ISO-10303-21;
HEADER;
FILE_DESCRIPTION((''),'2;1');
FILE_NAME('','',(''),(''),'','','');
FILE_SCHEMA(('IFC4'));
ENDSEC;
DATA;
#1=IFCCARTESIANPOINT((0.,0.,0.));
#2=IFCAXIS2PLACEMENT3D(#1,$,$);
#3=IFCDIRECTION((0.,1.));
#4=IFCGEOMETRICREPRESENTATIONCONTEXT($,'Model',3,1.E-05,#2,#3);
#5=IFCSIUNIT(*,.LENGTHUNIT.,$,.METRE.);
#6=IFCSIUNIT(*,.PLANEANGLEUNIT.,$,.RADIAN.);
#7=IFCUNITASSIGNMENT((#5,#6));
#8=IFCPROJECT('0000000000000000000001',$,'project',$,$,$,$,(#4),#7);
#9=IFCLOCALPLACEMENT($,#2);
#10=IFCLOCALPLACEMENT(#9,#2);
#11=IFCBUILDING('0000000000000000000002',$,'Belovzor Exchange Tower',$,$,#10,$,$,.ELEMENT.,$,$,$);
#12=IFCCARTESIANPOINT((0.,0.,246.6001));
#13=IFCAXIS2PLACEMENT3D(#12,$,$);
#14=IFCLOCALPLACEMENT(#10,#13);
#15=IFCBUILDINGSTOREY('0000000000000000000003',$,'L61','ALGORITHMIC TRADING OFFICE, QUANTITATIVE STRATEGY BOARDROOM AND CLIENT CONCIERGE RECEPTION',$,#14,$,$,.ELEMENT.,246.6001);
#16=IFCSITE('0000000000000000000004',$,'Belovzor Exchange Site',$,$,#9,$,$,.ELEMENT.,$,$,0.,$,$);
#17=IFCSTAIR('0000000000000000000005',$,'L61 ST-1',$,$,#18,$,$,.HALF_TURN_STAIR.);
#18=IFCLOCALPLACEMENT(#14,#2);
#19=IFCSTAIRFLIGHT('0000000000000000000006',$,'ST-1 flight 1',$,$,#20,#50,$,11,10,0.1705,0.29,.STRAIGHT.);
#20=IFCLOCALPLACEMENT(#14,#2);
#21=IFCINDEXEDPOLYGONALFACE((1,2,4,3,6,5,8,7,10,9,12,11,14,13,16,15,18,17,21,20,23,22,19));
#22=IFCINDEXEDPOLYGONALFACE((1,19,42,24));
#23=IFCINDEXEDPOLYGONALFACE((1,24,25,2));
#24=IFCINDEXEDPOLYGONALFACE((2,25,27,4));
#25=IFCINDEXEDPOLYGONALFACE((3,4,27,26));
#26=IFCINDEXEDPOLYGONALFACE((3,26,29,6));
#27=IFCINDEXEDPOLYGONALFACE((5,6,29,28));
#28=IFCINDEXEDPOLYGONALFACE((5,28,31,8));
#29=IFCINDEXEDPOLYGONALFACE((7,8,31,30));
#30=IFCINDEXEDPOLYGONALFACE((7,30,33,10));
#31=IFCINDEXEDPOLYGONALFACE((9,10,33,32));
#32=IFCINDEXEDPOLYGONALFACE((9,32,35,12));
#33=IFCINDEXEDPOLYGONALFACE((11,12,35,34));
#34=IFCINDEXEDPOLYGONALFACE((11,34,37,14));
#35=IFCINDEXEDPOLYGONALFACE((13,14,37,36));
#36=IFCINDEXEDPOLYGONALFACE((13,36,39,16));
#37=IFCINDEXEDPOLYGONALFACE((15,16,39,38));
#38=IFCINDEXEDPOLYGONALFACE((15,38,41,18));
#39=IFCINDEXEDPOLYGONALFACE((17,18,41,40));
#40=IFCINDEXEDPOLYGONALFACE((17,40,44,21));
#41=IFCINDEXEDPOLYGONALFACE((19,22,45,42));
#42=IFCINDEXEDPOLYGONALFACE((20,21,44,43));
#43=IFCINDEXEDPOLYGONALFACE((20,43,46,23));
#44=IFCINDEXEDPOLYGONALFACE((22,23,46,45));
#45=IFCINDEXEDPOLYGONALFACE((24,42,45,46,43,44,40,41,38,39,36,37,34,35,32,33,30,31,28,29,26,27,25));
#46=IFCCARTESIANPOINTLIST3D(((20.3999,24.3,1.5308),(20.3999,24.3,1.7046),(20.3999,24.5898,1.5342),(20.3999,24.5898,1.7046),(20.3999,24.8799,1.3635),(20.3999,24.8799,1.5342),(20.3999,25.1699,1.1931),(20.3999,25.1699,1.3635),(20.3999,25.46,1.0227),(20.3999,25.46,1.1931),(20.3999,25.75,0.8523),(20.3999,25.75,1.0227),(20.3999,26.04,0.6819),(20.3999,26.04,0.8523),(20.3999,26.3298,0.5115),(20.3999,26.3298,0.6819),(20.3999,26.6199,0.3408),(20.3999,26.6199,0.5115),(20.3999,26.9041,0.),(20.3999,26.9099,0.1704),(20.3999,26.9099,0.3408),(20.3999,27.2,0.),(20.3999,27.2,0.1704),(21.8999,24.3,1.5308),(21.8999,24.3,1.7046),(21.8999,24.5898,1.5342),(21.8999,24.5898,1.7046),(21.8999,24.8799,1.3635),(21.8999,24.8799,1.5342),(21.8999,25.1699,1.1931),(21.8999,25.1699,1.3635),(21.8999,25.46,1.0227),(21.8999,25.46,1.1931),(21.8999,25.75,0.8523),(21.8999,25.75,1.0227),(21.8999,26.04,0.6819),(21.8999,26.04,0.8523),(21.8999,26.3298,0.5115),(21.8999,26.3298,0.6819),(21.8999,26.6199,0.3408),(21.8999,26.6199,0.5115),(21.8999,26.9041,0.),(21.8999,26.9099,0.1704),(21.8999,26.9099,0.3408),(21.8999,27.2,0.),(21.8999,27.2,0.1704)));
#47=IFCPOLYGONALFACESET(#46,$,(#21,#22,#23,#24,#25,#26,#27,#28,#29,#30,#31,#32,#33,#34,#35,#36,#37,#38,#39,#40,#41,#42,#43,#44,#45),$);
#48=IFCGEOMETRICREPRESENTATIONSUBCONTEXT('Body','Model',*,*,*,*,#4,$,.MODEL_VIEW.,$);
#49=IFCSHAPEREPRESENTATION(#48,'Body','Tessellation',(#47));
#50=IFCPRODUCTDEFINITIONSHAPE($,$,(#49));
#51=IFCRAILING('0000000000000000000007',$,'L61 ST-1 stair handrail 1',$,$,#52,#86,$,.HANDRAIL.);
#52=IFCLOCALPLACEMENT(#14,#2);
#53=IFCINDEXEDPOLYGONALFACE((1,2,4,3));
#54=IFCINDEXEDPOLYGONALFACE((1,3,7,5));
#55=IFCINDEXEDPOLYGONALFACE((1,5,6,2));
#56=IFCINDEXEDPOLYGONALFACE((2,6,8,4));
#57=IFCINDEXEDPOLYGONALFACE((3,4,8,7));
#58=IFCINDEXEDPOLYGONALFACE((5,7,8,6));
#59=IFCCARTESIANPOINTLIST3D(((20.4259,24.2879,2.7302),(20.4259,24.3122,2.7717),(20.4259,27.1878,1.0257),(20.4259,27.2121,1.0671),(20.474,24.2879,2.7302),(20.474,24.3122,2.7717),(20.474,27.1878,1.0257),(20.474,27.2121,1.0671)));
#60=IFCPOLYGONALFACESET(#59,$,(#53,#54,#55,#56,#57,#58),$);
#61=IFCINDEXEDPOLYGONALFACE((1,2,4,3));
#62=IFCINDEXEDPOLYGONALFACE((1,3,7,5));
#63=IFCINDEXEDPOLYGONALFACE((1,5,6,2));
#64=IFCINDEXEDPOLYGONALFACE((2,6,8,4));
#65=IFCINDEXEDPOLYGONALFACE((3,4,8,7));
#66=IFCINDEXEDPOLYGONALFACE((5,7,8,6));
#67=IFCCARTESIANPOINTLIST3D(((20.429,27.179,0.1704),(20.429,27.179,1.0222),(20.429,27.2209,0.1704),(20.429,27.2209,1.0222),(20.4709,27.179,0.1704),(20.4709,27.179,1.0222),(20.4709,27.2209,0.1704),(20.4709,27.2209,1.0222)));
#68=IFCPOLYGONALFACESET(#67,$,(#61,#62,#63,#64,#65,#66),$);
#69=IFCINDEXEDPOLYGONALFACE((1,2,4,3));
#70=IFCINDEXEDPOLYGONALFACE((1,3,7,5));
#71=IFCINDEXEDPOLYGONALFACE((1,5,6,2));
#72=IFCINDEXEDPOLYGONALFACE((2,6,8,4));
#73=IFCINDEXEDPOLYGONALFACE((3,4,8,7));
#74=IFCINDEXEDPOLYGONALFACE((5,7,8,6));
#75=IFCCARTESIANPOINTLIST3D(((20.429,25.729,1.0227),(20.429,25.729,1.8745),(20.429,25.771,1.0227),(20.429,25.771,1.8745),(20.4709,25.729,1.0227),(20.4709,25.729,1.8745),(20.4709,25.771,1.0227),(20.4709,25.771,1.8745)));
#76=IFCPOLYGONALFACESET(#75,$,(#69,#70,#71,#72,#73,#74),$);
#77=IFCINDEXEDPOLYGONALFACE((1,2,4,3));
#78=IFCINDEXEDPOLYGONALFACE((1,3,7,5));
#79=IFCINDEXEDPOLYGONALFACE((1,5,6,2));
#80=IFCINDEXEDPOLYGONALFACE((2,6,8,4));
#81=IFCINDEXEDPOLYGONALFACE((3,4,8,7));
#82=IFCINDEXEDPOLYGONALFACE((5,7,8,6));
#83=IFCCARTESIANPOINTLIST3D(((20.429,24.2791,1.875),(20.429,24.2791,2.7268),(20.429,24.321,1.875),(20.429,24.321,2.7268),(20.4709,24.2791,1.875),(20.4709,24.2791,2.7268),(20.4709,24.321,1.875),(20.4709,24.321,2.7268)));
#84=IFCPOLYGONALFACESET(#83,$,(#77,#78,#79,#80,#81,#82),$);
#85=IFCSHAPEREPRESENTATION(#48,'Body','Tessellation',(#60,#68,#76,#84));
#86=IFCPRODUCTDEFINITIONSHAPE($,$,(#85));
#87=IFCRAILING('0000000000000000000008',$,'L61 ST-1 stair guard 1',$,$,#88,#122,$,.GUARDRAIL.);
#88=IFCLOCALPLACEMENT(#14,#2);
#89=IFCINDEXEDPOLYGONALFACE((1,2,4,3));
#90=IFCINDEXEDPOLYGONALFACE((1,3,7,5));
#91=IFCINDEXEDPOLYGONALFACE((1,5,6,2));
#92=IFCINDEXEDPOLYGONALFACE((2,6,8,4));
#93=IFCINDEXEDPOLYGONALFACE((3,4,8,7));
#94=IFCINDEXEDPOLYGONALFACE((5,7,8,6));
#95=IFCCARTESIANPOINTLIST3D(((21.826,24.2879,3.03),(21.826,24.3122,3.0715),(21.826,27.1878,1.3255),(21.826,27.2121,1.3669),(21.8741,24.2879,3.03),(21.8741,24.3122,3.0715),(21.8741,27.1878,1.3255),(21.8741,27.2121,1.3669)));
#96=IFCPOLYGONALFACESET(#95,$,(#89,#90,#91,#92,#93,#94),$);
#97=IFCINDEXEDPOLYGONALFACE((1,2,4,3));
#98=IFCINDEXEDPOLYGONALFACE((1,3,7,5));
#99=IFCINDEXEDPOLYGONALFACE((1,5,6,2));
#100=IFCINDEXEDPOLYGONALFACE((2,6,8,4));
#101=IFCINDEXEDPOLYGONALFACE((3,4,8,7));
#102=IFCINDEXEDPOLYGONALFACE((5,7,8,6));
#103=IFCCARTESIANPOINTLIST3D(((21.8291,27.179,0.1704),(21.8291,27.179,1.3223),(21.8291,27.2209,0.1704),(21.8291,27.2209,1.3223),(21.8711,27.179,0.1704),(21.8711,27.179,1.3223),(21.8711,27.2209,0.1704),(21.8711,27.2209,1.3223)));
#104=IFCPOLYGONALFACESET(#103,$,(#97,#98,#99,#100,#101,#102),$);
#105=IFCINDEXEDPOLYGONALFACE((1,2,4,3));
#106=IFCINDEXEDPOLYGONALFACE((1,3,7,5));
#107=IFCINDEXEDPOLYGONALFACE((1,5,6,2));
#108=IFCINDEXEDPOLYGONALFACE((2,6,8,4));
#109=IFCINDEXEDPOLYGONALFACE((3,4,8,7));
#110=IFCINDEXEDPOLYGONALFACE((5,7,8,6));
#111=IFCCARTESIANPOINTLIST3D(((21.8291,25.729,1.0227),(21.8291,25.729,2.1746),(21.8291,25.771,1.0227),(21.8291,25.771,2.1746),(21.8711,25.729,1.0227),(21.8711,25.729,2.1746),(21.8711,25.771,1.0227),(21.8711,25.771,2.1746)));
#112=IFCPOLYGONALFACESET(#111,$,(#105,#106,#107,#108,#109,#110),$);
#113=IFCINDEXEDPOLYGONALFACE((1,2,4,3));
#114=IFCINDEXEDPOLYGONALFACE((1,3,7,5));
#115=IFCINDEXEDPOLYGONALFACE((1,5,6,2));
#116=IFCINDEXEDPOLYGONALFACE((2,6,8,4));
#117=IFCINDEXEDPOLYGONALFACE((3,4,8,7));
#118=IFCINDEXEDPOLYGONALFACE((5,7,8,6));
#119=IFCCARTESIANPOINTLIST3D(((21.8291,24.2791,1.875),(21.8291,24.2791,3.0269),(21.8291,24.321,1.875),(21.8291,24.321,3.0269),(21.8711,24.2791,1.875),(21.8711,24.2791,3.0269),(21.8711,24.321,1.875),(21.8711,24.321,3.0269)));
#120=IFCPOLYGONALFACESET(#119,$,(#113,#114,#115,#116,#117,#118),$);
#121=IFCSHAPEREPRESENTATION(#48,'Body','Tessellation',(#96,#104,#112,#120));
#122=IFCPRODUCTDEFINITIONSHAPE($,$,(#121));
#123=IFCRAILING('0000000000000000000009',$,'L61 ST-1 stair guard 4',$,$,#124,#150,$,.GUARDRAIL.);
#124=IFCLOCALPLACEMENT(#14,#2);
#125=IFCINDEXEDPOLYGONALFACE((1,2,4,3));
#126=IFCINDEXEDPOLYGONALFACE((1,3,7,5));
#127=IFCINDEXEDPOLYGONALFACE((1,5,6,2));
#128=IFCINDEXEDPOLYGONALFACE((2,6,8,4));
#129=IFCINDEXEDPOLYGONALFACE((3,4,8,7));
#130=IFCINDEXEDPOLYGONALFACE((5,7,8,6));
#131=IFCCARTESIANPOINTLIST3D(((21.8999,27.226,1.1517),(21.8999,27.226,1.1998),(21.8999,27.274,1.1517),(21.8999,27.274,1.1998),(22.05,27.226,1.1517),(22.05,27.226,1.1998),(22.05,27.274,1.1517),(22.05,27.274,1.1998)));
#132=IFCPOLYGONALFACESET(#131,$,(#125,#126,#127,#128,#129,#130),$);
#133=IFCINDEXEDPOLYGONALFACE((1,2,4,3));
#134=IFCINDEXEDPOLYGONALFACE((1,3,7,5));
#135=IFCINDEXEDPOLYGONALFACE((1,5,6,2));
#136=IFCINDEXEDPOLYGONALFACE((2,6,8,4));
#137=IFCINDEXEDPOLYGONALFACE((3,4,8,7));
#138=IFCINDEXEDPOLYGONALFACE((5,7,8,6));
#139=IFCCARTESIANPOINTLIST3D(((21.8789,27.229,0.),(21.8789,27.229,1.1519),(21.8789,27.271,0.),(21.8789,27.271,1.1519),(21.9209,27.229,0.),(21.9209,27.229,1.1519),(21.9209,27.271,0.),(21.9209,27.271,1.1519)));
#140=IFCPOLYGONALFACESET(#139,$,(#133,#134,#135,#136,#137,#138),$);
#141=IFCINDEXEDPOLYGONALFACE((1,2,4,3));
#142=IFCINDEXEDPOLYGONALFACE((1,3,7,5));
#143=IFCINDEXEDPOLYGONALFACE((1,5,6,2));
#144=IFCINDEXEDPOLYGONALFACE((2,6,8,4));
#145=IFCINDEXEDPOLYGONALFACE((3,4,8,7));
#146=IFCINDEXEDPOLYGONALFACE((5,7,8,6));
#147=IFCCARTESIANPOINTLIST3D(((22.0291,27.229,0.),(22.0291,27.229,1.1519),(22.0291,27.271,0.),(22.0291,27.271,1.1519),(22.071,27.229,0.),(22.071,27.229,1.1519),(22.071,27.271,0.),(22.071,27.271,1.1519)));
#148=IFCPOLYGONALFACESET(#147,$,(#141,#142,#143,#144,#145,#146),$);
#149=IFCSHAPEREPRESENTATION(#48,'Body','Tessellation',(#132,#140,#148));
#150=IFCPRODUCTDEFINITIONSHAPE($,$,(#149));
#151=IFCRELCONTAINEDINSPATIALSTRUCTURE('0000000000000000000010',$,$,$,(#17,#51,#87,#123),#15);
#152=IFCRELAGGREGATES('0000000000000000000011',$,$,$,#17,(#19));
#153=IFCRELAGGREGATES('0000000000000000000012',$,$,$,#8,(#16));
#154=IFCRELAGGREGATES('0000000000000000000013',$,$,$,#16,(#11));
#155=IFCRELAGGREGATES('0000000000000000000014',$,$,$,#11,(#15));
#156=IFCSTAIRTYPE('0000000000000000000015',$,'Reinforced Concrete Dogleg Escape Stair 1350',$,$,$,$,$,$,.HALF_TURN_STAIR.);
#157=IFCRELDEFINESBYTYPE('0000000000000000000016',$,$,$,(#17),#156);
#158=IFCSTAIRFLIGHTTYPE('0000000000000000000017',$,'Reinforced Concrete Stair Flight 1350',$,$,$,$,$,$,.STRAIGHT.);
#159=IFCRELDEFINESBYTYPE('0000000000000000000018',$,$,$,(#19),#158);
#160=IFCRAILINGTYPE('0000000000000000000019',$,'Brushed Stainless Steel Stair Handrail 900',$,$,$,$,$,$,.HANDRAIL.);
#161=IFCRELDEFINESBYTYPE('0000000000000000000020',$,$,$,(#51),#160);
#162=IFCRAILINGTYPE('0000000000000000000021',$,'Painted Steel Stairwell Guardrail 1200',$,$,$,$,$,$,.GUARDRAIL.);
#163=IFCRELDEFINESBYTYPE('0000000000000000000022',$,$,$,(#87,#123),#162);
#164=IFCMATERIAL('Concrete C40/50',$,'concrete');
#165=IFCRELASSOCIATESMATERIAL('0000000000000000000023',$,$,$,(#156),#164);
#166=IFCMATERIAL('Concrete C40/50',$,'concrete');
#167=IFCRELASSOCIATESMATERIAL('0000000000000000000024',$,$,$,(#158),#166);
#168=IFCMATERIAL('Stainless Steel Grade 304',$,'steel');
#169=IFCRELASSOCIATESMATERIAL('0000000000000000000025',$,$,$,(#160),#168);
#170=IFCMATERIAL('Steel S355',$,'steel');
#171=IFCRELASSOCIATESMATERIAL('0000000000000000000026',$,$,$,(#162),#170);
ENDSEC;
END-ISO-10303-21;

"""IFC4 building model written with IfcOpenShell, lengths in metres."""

from ifc_helpers import new_model, si_unit, direction, frame, origin, origin_2d, place, context, subcontext, project, spatial, polyline, rectangle, outline, extrude, material, type_object, element, aggregate, save


model = new_model("IFC4")

# Units and contexts
model_context = context("Model", 3, precision=1e-05, world=origin(), true_north=direction((0.0, 1.0)))
body_context = subcontext(model_context, "Body", "Model", "MODEL_VIEW")
ifc_project = project(units=[si_unit("LENGTHUNIT", "METRE"), si_unit("PLANEANGLEUNIT", "RADIAN")], contexts=[model_context])

# Site, building, storey
site_placement = place(None, origin())
site = spatial("IfcSite", under=ifc_project, at=site_placement, Name="Belovzor Exchange Site", CompositionType="ELEMENT", RefElevation=0.0)
building_placement = place(site_placement, origin())
building = spatial("IfcBuilding", under=site, at=building_placement, Name="Belovzor Exchange Tower", CompositionType="ELEMENT")
storey_placement = place(building_placement, frame((0.0, 0.0, 246.6001)))
storey = spatial("IfcBuildingStorey", under=building, at=storey_placement, Name="L61", Description="ALGORITHMIC TRADING OFFICE, QUANTITATIVE STRATEGY BOARDROOM AND CLIENT CONCIERGE RECEPTION", CompositionType="ELEMENT", Elevation=246.6001)

# Stair, stair flight
ifc_material_1 = material(Name="Concrete C40/50", Category="concrete")
stair_type = type_object("IfcStairType", Name="Reinforced Concrete Dogleg Escape Stair 1350", PredefinedType="HALF_TURN_STAIR", material=ifc_material_1)
stair_placement = place(storey_placement, origin())
stair = element("IfcStair", 1, at=stair_placement, inside=storey, type_object=stair_type, Name="L61 ST-1", PredefinedType="HALF_TURN_STAIR")
ifc_material_2 = material(Name="Concrete C40/50", Category="concrete")
stair_flight_type = type_object("IfcStairFlightType", Name="Reinforced Concrete Stair Flight 1350", PredefinedType="STRAIGHT", material=ifc_material_2)
stair_flight_placement = place(storey_placement, frame((21.1499, 27.2, 0.0), z_axis=(0.0, 0.0, 1.0), x_axis=(0.0, -1.0, 0.0)))
stair_flight = element("IfcStairFlight", 2, at=stair_flight_placement, type_object=stair_flight_type, Name="ST-1 flight 1", NumberOfRisers=11, NumberOfTreads=10, PredefinedType="STRAIGHT", RiserHeight=0.1705, TreadLength=0.29, context=body_context, shape_type="SweptSolid", body=[
    extrude(outline(polyline([(0.0, 0.0), (0.0, 0.1704), (0.29, 0.1704), (0.29, 0.3408), (0.5801, 0.3408), (0.5801, 0.5115), (0.8701, 0.5115), (0.8701, 0.6819), (1.1599, 0.6819), (1.1599, 0.8523), (1.45, 0.8523), (1.45, 1.0227), (1.74, 1.0227), (1.74, 1.1931), (2.03, 1.1931), (2.03, 1.3635), (2.3201, 1.3635), (2.3201, 1.5342), (2.6101, 1.5342), (2.6101, 1.7046), (2.8999, 1.7046), (2.8999, 1.875), (2.8999, 1.5308), (0.2959, 0.0), (0.0, 0.0)])), frame((0.0, 0.75, 0.0), z_axis=(0.0, -1.0, 0.0), x_axis=(1.0, 0.0, 0.0)), (0.0, 0.0, 1.0), 1.5),
])
aggregate(stair, [stair_flight])

# Railings
ifc_material_3 = material(Name="Stainless Steel Grade 304", Category="steel")
railing_type_1 = type_object("IfcRailingType", Name="Brushed Stainless Steel Stair Handrail 900", PredefinedType="HANDRAIL", material=ifc_material_3)
railing_1_placement = place(storey_placement, frame((20.45, 27.2, 0.1704)))
element("IfcRailing", 3, at=railing_1_placement, inside=storey, type_object=railing_type_1, Name="L61 ST-1 stair handrail 1", PredefinedType="HANDRAIL", context=body_context, shape_type="SweptSolid", body=[
    extrude(rectangle(XDim=0.0481, YDim=0.0481, at=origin_2d()), frame((0.0, 0.0, 0.876), z_axis=(0.0, -0.862095, 0.506747), x_axis=(1.0, 0.0, 0.0)), (0.0, 0.0, 1.0), 3.3638),
    extrude(rectangle(XDim=0.042, YDim=0.042, at=origin_2d()), origin(), (0.0, 0.0, 1.0), 0.8518),
    extrude(rectangle(XDim=0.042, YDim=0.042, at=origin_2d()), frame((0.0, -1.45, 0.8523)), (0.0, 0.0, 1.0), 0.8518),
    extrude(rectangle(XDim=0.042, YDim=0.042, at=origin_2d()), frame((0.0, -2.8999, 1.7046)), (0.0, 0.0, 1.0), 0.8518),
])
ifc_material_4 = material(Name="Steel S355", Category="steel")
railing_type_2 = type_object("IfcRailingType", Name="Painted Steel Stairwell Guardrail 1200", PredefinedType="GUARDRAIL", material=ifc_material_4)
railing_2_placement = place(storey_placement, frame((21.8501, 27.2, 0.1704)))
element("IfcRailing", 4, at=railing_2_placement, inside=storey, type_object=railing_type_2, Name="L61 ST-1 stair guard 1", PredefinedType="GUARDRAIL", context=body_context, shape_type="SweptSolid", body=[
    extrude(rectangle(XDim=0.0481, YDim=0.0481, at=origin_2d()), frame((0.0, 0.0, 1.1758), z_axis=(0.0, -0.862095, 0.506747), x_axis=(1.0, 0.0, 0.0)), (0.0, 0.0, 1.0), 3.3638),
    extrude(rectangle(XDim=0.042, YDim=0.042, at=origin_2d()), origin(), (0.0, 0.0, 1.0), 1.1519),
    extrude(rectangle(XDim=0.042, YDim=0.042, at=origin_2d()), frame((0.0, -1.45, 0.8523)), (0.0, 0.0, 1.0), 1.1519),
    extrude(rectangle(XDim=0.042, YDim=0.042, at=origin_2d()), frame((0.0, -2.8999, 1.7046)), (0.0, 0.0, 1.0), 1.1519),
])
railing_3_placement = place(storey_placement, frame((21.8999, 27.25, 0.0)))
element("IfcRailing", 5, at=railing_3_placement, inside=storey, type_object=railing_type_2, Name="L61 ST-1 stair guard 4", PredefinedType="GUARDRAIL", context=body_context, shape_type="SweptSolid", body=[
    extrude(rectangle(XDim=0.0481, YDim=0.0481, at=origin_2d()), frame((0.0, 0.0, 1.1758), z_axis=(1.0, 0.0, 0.0), x_axis=(0.0, 1.0, 0.0)), (0.0, 0.0, 1.0), 0.1501),
    extrude(rectangle(XDim=0.042, YDim=0.042, at=origin_2d()), origin(), (0.0, 0.0, 1.0), 1.1519),
    extrude(rectangle(XDim=0.042, YDim=0.042, at=origin_2d()), frame((0.1501, 0.0, 0.0)), (0.0, 0.0, 1.0), 1.1519),
])

save(model, "model.ifc")
